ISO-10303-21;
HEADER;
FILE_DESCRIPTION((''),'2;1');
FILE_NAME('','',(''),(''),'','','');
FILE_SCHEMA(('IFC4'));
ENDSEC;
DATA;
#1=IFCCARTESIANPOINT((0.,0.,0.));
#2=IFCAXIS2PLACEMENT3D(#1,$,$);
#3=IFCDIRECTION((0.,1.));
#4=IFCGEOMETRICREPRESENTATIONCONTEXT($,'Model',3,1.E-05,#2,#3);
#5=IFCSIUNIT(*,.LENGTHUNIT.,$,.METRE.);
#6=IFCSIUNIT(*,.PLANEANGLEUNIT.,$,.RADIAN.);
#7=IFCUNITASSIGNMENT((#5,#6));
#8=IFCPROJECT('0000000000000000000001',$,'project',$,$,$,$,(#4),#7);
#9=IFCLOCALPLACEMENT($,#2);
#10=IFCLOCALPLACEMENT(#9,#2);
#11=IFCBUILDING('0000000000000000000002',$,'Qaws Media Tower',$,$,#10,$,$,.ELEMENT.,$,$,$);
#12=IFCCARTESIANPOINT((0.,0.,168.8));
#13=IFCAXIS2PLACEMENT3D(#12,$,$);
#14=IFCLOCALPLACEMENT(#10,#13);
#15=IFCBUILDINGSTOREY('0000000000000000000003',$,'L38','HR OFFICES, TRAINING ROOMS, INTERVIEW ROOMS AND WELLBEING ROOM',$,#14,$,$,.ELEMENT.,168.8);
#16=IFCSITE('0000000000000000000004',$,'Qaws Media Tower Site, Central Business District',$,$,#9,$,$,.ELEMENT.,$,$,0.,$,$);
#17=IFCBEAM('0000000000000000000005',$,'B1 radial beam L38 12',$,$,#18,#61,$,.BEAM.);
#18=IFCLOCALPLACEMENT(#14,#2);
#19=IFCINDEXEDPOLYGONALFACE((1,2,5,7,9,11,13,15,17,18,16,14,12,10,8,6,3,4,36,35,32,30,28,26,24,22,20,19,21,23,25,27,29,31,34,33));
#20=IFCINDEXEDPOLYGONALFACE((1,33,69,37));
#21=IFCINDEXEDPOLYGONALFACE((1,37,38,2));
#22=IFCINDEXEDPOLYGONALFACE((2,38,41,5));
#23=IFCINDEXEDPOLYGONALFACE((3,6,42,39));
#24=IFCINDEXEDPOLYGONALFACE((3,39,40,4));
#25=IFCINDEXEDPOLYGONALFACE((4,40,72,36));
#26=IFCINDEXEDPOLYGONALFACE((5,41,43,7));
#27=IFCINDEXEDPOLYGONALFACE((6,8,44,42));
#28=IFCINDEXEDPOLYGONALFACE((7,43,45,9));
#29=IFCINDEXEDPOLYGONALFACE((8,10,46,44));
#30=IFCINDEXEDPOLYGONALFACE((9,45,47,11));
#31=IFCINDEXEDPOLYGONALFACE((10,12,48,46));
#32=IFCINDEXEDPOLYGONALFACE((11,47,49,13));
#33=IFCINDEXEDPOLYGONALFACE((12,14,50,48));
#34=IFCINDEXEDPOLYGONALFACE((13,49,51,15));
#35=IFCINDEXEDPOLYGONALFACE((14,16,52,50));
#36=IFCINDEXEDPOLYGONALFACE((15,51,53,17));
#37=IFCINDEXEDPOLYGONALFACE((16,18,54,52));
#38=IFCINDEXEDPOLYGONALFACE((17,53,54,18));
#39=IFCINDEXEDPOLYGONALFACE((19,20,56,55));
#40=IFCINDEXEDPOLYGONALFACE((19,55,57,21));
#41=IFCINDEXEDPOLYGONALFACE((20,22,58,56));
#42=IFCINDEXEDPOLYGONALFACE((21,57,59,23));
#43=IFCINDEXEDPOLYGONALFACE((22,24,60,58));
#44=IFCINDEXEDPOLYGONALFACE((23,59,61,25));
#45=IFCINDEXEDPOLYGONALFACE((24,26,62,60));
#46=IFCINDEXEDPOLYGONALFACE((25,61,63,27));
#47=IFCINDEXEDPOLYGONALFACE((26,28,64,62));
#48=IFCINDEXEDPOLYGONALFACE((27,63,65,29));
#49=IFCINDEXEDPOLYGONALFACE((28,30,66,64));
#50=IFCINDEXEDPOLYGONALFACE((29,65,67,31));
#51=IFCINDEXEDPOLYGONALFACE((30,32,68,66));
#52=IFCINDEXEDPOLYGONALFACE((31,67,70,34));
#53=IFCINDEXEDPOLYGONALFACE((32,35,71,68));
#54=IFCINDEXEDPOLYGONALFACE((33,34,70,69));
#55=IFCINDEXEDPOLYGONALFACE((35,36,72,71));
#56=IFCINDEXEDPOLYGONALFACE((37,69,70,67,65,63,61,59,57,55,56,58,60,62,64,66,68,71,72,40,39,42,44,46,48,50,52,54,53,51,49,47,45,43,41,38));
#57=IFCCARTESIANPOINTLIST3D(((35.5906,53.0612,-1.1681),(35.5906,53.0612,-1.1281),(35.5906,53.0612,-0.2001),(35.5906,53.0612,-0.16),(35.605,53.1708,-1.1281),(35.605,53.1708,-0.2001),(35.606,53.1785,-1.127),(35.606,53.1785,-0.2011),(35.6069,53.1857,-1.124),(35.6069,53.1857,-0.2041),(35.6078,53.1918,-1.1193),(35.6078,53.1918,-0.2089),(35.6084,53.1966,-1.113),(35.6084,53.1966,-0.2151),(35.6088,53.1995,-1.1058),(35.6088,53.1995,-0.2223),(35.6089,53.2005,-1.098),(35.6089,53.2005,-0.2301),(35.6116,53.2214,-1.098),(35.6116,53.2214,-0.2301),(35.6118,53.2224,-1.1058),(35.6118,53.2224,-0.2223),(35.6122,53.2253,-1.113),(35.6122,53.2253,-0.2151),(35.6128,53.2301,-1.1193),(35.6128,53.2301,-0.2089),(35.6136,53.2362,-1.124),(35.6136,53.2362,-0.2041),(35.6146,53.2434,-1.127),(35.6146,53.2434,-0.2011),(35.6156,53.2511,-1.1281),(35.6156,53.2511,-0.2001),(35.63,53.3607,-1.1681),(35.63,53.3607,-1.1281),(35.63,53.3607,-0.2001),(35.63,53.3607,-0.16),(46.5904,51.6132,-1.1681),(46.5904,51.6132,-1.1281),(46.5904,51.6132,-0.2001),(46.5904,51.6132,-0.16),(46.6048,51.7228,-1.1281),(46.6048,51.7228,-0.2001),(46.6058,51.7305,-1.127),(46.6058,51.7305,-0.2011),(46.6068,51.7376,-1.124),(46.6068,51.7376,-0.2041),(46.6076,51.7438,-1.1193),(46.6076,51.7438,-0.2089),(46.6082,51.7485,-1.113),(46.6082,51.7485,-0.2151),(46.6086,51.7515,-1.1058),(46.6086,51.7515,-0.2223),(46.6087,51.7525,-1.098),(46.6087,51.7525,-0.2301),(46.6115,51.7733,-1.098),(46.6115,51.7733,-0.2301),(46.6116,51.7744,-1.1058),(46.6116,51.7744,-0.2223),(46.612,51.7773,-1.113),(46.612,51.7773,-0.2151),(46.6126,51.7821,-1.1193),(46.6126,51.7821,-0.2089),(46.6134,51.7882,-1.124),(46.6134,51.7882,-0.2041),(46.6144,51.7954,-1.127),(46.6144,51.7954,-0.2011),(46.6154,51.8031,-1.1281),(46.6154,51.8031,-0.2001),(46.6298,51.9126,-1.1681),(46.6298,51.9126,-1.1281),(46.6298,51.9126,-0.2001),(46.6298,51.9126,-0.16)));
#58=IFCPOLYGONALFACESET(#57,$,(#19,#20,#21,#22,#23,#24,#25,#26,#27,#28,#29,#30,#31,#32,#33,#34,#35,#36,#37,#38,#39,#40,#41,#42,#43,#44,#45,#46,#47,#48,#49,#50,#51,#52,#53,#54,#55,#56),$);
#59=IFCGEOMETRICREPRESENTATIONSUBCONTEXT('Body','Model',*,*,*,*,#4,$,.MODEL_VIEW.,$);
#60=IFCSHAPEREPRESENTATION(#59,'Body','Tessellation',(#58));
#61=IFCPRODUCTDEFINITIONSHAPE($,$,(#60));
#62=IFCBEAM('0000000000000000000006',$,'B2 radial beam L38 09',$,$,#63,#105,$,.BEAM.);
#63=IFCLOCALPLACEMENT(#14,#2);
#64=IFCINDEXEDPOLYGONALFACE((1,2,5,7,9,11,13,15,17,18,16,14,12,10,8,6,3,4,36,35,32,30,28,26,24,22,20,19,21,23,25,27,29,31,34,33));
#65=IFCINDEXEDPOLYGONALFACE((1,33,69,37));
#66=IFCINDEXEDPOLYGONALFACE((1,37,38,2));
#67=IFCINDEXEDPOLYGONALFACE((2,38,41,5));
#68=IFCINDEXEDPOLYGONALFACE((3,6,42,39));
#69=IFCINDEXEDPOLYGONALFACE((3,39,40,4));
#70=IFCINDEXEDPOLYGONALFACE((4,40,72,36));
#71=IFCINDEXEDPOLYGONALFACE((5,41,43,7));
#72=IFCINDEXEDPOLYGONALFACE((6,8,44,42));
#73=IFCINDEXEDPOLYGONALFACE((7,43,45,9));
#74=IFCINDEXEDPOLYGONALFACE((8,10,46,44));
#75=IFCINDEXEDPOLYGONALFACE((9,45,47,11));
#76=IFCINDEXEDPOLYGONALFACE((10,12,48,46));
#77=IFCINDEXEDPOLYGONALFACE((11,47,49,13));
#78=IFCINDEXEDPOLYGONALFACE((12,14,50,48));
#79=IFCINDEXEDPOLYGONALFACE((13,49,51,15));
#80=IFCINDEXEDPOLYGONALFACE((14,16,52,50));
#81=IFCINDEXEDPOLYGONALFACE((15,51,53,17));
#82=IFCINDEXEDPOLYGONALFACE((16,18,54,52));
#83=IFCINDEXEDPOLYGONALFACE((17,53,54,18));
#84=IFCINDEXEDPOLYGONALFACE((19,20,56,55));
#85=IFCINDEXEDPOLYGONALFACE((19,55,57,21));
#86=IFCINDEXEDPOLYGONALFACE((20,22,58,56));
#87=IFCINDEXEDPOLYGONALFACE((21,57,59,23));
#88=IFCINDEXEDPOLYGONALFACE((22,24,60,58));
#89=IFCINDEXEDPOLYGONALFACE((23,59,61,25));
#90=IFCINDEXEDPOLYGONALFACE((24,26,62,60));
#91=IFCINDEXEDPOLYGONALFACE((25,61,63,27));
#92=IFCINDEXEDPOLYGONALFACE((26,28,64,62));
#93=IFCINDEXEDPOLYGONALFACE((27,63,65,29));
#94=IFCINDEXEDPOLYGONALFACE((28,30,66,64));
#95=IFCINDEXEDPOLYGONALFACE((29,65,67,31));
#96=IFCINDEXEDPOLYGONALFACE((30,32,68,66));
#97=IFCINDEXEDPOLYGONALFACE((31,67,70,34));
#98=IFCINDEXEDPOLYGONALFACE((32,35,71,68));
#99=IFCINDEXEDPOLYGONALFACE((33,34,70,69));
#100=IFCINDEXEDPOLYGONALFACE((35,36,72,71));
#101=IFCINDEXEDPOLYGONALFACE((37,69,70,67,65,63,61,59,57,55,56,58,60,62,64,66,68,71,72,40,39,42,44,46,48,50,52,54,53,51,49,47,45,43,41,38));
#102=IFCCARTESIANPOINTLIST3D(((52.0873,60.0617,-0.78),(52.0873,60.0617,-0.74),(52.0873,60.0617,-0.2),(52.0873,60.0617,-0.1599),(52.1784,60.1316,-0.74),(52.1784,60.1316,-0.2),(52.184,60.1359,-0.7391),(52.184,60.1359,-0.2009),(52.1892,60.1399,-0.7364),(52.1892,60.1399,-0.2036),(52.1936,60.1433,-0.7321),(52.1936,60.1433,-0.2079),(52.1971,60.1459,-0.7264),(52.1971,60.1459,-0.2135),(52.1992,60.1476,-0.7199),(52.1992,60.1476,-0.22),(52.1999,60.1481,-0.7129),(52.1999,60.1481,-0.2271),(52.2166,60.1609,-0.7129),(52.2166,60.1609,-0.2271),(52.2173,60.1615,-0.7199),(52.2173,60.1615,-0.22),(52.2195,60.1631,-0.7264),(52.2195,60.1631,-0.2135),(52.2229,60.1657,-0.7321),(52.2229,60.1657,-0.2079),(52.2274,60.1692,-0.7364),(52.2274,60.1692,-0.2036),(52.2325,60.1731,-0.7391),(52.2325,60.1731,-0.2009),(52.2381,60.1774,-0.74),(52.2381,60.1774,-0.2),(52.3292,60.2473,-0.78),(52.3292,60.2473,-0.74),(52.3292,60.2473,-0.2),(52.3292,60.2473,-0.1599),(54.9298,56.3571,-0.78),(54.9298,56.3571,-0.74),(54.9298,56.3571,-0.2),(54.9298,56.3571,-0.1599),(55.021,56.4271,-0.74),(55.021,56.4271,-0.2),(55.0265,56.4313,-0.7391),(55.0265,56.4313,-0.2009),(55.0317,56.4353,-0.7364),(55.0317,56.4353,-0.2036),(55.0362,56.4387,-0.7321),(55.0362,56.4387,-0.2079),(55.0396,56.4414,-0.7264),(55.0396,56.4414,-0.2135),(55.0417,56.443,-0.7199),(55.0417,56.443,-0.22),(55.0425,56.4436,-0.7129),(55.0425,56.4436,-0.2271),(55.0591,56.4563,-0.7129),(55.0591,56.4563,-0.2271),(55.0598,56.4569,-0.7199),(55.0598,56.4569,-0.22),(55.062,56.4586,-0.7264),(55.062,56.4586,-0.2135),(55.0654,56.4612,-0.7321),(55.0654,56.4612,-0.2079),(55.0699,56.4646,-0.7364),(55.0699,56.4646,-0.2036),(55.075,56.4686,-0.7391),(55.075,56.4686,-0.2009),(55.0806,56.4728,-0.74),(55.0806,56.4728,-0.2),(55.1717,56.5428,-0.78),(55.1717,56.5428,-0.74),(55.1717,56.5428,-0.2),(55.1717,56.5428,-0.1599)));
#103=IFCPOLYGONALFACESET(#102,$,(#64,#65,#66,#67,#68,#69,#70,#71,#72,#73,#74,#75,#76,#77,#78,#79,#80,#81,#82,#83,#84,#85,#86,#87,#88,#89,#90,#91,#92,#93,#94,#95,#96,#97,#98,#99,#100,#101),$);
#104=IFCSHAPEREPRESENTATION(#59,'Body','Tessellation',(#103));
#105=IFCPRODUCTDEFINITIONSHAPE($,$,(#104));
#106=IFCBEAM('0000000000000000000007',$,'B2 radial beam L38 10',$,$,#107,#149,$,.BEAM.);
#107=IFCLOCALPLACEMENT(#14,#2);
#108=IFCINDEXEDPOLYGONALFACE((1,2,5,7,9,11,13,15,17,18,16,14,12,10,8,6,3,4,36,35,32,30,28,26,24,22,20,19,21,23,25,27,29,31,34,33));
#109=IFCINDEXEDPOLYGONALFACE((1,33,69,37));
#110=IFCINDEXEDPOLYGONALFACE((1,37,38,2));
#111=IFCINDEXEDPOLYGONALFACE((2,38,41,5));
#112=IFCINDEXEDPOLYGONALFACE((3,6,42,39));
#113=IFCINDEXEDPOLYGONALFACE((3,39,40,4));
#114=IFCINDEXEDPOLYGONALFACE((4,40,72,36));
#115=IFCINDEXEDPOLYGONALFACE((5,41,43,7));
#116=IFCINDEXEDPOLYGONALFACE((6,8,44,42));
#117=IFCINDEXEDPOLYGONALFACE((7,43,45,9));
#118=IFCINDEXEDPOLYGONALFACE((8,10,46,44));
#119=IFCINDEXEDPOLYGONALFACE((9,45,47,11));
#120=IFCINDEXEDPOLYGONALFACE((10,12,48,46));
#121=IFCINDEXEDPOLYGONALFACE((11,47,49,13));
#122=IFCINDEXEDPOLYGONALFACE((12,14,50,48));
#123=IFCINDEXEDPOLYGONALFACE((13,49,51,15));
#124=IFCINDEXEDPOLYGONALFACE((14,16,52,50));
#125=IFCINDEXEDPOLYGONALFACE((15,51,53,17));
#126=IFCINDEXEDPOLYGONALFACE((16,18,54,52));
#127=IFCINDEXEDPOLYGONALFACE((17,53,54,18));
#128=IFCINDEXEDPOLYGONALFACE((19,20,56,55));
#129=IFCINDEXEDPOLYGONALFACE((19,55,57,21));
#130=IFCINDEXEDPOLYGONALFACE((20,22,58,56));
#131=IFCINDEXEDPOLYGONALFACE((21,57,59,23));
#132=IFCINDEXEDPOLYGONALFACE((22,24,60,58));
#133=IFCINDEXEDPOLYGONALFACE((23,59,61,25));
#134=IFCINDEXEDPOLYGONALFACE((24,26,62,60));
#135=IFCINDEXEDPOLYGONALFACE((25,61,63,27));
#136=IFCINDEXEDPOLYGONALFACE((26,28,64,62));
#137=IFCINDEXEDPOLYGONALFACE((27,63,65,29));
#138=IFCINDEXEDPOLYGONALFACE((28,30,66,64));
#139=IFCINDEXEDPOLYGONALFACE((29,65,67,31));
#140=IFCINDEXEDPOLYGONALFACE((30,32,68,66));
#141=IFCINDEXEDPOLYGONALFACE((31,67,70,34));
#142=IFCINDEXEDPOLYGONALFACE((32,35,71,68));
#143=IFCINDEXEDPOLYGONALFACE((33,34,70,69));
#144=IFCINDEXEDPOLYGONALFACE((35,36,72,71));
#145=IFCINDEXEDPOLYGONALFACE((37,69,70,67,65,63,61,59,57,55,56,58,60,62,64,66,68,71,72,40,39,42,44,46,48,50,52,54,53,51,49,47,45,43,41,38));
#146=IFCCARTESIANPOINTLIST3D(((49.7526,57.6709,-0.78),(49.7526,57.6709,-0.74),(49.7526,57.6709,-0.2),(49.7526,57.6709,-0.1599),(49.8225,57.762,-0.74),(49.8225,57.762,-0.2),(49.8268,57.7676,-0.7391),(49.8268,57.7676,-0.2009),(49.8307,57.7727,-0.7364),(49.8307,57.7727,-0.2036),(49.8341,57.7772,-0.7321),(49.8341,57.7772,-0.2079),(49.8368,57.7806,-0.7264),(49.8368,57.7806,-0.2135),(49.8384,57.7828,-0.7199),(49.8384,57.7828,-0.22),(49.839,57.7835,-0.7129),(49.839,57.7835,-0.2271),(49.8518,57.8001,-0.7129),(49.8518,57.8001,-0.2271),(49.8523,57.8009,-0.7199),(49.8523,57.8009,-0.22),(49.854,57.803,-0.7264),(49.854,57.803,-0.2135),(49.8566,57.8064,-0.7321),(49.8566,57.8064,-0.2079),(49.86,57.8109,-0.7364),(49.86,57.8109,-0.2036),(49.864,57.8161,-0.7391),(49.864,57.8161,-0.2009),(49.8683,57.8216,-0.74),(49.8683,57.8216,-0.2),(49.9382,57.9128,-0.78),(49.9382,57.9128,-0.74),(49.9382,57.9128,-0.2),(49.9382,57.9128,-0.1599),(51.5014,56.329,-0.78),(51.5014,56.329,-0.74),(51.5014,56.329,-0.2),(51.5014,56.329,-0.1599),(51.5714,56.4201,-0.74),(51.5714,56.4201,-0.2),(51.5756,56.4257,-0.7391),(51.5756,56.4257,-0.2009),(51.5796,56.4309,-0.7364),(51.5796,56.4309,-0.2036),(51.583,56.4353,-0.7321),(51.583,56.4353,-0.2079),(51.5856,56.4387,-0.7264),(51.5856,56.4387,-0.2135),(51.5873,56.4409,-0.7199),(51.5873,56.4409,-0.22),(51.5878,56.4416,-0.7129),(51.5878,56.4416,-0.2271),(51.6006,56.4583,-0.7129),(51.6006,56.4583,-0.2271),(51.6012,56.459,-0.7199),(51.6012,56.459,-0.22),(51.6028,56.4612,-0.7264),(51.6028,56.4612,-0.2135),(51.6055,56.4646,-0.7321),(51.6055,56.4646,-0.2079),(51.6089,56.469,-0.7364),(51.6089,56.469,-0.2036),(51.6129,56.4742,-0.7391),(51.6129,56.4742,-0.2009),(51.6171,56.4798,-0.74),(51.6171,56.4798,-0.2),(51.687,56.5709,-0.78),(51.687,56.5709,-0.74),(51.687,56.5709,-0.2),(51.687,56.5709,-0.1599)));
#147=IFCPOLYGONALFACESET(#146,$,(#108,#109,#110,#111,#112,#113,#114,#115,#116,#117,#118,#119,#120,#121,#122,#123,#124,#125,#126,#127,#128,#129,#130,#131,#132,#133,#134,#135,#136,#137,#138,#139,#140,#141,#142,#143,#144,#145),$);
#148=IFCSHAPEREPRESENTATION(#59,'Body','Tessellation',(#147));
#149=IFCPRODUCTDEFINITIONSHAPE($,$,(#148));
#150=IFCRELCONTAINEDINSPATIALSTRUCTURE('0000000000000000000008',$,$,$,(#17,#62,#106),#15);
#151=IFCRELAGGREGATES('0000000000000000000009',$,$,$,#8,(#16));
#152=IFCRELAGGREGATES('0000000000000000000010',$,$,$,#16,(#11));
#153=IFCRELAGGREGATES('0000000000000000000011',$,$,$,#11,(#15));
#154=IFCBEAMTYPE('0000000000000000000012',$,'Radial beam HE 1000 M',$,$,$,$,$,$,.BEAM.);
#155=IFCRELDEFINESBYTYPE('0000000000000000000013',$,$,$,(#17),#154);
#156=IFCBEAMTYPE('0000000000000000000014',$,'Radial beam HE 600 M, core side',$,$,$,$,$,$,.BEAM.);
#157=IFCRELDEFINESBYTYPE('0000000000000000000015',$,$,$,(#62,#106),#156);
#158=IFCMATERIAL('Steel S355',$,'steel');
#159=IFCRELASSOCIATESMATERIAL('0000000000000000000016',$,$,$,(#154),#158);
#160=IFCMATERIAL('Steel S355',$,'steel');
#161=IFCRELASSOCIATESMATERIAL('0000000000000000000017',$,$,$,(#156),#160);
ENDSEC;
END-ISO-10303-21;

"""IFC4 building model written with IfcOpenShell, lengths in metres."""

from ifc_helpers import new_model, si_unit, direction, frame, origin, origin_2d, place, context, subcontext, project, spatial, i_section, extrude, material, material_profile, profile_set, type_object, element, save


model = new_model("IFC4")

# Units and contexts
model_context = context("Model", 3, precision=1e-05, world=origin(), true_north=direction((0.0, 1.0)))
body_context = subcontext(model_context, "Body", "Model", "MODEL_VIEW")
ifc_project = project(units=[si_unit("LENGTHUNIT", "METRE"), si_unit("PLANEANGLEUNIT", "RADIAN")], contexts=[model_context])

# Site, building, storey
site_placement = place(None, origin())
site = spatial("IfcSite", under=ifc_project, at=site_placement, Name="Qaws Media Tower Site, Central Business District", CompositionType="ELEMENT", RefElevation=0.0)
building_placement = place(site_placement, origin())
building = spatial("IfcBuilding", under=site, at=building_placement, Name="Qaws Media Tower", CompositionType="ELEMENT")
storey_placement = place(building_placement, frame((0.0, 0.0, 168.8)))
storey = spatial("IfcBuildingStorey", under=building, at=storey_placement, Name="L38", Description="HR OFFICES, TRAINING ROOMS, INTERVIEW ROOMS AND WELLBEING ROOM", CompositionType="ELEMENT", Elevation=168.8)

# Beams
ifc_material_1 = material(Name="Steel S355", Category="steel")
ifc_material_profile_1 = material_profile(ifc_material_1, i_section(OverallWidth=0.302, OverallDepth=1.0081, WebThickness=0.021, FlangeThickness=0.04, FilletRadius=0.03, at=origin_2d()), Name="HE 1000 M")
ifc_profile_set_1 = profile_set([ifc_material_profile_1], Name="Steel S355")
beam_type_1 = type_object("IfcBeamType", Name="Radial beam HE 1000 M", PredefinedType="BEAM", material=ifc_profile_set_1)
beam_1_placement = place(storey_placement, frame((46.6101, 51.7629, -0.6641), z_axis=(-0.991447, 0.130513, 0.0), x_axis=(-0.130513, -0.991447, 0.0)))
element("IfcBeam", 1, at=beam_1_placement, inside=storey, type_object=beam_type_1, Name="B1 radial beam L38 12", PredefinedType="BEAM", context=body_context, shape_type="SweptSolid", body=[
    extrude(i_section(OverallWidth=0.302, OverallDepth=1.0081, WebThickness=0.021, FlangeThickness=0.04, FilletRadius=0.03, at=origin_2d()), origin(), (0.0, 0.0, 1.0), 11.0947),
])
ifc_material_2 = material(Name="Steel S355", Category="steel")
ifc_material_profile_2 = material_profile(ifc_material_2, i_section(OverallWidth=0.3049, OverallDepth=0.6201, WebThickness=0.021, FlangeThickness=0.04, FilletRadius=0.0271, at=origin_2d()), Name="HE 600 M")
ifc_profile_set_2 = profile_set([ifc_material_profile_2], Name="Steel S355")
beam_type_2 = type_object("IfcBeamType", Name="Radial beam HE 600 M, core side", PredefinedType="BEAM", material=ifc_profile_set_2)
beam_2_placement = place(storey_placement, frame((55.0508, 56.45, -0.47), z_axis=(-0.608748, 0.793364, 0.0), x_axis=(-0.793364, -0.608748, 0.0)))
element("IfcBeam", 2, at=beam_2_placement, inside=storey, type_object=beam_type_2, Name="B2 radial beam L38 09", PredefinedType="BEAM", context=body_context, shape_type="SweptSolid", body=[
    extrude(i_section(OverallWidth=0.3049, OverallDepth=0.6201, WebThickness=0.021, FlangeThickness=0.04, FilletRadius=0.0271, at=origin_2d()), origin(), (0.0, 0.0, 1.0), 4.6694),
])
beam_3_placement = place(storey_placement, frame((51.5942, 56.45, -0.47), z_axis=(-0.793373, 0.608736, 0.0), x_axis=(-0.608736, -0.793373, 0.0)))
element("IfcBeam", 3, at=beam_3_placement, inside=storey, type_object=beam_type_2, Name="B2 radial beam L38 10", PredefinedType="BEAM", context=body_context, shape_type="SweptSolid", body=[
    extrude(i_section(OverallWidth=0.3049, OverallDepth=0.6201, WebThickness=0.021, FlangeThickness=0.04, FilletRadius=0.0271, at=origin_2d()), origin(), (0.0, 0.0, 1.0), 2.2043),
])

save(model, "model.ifc")
